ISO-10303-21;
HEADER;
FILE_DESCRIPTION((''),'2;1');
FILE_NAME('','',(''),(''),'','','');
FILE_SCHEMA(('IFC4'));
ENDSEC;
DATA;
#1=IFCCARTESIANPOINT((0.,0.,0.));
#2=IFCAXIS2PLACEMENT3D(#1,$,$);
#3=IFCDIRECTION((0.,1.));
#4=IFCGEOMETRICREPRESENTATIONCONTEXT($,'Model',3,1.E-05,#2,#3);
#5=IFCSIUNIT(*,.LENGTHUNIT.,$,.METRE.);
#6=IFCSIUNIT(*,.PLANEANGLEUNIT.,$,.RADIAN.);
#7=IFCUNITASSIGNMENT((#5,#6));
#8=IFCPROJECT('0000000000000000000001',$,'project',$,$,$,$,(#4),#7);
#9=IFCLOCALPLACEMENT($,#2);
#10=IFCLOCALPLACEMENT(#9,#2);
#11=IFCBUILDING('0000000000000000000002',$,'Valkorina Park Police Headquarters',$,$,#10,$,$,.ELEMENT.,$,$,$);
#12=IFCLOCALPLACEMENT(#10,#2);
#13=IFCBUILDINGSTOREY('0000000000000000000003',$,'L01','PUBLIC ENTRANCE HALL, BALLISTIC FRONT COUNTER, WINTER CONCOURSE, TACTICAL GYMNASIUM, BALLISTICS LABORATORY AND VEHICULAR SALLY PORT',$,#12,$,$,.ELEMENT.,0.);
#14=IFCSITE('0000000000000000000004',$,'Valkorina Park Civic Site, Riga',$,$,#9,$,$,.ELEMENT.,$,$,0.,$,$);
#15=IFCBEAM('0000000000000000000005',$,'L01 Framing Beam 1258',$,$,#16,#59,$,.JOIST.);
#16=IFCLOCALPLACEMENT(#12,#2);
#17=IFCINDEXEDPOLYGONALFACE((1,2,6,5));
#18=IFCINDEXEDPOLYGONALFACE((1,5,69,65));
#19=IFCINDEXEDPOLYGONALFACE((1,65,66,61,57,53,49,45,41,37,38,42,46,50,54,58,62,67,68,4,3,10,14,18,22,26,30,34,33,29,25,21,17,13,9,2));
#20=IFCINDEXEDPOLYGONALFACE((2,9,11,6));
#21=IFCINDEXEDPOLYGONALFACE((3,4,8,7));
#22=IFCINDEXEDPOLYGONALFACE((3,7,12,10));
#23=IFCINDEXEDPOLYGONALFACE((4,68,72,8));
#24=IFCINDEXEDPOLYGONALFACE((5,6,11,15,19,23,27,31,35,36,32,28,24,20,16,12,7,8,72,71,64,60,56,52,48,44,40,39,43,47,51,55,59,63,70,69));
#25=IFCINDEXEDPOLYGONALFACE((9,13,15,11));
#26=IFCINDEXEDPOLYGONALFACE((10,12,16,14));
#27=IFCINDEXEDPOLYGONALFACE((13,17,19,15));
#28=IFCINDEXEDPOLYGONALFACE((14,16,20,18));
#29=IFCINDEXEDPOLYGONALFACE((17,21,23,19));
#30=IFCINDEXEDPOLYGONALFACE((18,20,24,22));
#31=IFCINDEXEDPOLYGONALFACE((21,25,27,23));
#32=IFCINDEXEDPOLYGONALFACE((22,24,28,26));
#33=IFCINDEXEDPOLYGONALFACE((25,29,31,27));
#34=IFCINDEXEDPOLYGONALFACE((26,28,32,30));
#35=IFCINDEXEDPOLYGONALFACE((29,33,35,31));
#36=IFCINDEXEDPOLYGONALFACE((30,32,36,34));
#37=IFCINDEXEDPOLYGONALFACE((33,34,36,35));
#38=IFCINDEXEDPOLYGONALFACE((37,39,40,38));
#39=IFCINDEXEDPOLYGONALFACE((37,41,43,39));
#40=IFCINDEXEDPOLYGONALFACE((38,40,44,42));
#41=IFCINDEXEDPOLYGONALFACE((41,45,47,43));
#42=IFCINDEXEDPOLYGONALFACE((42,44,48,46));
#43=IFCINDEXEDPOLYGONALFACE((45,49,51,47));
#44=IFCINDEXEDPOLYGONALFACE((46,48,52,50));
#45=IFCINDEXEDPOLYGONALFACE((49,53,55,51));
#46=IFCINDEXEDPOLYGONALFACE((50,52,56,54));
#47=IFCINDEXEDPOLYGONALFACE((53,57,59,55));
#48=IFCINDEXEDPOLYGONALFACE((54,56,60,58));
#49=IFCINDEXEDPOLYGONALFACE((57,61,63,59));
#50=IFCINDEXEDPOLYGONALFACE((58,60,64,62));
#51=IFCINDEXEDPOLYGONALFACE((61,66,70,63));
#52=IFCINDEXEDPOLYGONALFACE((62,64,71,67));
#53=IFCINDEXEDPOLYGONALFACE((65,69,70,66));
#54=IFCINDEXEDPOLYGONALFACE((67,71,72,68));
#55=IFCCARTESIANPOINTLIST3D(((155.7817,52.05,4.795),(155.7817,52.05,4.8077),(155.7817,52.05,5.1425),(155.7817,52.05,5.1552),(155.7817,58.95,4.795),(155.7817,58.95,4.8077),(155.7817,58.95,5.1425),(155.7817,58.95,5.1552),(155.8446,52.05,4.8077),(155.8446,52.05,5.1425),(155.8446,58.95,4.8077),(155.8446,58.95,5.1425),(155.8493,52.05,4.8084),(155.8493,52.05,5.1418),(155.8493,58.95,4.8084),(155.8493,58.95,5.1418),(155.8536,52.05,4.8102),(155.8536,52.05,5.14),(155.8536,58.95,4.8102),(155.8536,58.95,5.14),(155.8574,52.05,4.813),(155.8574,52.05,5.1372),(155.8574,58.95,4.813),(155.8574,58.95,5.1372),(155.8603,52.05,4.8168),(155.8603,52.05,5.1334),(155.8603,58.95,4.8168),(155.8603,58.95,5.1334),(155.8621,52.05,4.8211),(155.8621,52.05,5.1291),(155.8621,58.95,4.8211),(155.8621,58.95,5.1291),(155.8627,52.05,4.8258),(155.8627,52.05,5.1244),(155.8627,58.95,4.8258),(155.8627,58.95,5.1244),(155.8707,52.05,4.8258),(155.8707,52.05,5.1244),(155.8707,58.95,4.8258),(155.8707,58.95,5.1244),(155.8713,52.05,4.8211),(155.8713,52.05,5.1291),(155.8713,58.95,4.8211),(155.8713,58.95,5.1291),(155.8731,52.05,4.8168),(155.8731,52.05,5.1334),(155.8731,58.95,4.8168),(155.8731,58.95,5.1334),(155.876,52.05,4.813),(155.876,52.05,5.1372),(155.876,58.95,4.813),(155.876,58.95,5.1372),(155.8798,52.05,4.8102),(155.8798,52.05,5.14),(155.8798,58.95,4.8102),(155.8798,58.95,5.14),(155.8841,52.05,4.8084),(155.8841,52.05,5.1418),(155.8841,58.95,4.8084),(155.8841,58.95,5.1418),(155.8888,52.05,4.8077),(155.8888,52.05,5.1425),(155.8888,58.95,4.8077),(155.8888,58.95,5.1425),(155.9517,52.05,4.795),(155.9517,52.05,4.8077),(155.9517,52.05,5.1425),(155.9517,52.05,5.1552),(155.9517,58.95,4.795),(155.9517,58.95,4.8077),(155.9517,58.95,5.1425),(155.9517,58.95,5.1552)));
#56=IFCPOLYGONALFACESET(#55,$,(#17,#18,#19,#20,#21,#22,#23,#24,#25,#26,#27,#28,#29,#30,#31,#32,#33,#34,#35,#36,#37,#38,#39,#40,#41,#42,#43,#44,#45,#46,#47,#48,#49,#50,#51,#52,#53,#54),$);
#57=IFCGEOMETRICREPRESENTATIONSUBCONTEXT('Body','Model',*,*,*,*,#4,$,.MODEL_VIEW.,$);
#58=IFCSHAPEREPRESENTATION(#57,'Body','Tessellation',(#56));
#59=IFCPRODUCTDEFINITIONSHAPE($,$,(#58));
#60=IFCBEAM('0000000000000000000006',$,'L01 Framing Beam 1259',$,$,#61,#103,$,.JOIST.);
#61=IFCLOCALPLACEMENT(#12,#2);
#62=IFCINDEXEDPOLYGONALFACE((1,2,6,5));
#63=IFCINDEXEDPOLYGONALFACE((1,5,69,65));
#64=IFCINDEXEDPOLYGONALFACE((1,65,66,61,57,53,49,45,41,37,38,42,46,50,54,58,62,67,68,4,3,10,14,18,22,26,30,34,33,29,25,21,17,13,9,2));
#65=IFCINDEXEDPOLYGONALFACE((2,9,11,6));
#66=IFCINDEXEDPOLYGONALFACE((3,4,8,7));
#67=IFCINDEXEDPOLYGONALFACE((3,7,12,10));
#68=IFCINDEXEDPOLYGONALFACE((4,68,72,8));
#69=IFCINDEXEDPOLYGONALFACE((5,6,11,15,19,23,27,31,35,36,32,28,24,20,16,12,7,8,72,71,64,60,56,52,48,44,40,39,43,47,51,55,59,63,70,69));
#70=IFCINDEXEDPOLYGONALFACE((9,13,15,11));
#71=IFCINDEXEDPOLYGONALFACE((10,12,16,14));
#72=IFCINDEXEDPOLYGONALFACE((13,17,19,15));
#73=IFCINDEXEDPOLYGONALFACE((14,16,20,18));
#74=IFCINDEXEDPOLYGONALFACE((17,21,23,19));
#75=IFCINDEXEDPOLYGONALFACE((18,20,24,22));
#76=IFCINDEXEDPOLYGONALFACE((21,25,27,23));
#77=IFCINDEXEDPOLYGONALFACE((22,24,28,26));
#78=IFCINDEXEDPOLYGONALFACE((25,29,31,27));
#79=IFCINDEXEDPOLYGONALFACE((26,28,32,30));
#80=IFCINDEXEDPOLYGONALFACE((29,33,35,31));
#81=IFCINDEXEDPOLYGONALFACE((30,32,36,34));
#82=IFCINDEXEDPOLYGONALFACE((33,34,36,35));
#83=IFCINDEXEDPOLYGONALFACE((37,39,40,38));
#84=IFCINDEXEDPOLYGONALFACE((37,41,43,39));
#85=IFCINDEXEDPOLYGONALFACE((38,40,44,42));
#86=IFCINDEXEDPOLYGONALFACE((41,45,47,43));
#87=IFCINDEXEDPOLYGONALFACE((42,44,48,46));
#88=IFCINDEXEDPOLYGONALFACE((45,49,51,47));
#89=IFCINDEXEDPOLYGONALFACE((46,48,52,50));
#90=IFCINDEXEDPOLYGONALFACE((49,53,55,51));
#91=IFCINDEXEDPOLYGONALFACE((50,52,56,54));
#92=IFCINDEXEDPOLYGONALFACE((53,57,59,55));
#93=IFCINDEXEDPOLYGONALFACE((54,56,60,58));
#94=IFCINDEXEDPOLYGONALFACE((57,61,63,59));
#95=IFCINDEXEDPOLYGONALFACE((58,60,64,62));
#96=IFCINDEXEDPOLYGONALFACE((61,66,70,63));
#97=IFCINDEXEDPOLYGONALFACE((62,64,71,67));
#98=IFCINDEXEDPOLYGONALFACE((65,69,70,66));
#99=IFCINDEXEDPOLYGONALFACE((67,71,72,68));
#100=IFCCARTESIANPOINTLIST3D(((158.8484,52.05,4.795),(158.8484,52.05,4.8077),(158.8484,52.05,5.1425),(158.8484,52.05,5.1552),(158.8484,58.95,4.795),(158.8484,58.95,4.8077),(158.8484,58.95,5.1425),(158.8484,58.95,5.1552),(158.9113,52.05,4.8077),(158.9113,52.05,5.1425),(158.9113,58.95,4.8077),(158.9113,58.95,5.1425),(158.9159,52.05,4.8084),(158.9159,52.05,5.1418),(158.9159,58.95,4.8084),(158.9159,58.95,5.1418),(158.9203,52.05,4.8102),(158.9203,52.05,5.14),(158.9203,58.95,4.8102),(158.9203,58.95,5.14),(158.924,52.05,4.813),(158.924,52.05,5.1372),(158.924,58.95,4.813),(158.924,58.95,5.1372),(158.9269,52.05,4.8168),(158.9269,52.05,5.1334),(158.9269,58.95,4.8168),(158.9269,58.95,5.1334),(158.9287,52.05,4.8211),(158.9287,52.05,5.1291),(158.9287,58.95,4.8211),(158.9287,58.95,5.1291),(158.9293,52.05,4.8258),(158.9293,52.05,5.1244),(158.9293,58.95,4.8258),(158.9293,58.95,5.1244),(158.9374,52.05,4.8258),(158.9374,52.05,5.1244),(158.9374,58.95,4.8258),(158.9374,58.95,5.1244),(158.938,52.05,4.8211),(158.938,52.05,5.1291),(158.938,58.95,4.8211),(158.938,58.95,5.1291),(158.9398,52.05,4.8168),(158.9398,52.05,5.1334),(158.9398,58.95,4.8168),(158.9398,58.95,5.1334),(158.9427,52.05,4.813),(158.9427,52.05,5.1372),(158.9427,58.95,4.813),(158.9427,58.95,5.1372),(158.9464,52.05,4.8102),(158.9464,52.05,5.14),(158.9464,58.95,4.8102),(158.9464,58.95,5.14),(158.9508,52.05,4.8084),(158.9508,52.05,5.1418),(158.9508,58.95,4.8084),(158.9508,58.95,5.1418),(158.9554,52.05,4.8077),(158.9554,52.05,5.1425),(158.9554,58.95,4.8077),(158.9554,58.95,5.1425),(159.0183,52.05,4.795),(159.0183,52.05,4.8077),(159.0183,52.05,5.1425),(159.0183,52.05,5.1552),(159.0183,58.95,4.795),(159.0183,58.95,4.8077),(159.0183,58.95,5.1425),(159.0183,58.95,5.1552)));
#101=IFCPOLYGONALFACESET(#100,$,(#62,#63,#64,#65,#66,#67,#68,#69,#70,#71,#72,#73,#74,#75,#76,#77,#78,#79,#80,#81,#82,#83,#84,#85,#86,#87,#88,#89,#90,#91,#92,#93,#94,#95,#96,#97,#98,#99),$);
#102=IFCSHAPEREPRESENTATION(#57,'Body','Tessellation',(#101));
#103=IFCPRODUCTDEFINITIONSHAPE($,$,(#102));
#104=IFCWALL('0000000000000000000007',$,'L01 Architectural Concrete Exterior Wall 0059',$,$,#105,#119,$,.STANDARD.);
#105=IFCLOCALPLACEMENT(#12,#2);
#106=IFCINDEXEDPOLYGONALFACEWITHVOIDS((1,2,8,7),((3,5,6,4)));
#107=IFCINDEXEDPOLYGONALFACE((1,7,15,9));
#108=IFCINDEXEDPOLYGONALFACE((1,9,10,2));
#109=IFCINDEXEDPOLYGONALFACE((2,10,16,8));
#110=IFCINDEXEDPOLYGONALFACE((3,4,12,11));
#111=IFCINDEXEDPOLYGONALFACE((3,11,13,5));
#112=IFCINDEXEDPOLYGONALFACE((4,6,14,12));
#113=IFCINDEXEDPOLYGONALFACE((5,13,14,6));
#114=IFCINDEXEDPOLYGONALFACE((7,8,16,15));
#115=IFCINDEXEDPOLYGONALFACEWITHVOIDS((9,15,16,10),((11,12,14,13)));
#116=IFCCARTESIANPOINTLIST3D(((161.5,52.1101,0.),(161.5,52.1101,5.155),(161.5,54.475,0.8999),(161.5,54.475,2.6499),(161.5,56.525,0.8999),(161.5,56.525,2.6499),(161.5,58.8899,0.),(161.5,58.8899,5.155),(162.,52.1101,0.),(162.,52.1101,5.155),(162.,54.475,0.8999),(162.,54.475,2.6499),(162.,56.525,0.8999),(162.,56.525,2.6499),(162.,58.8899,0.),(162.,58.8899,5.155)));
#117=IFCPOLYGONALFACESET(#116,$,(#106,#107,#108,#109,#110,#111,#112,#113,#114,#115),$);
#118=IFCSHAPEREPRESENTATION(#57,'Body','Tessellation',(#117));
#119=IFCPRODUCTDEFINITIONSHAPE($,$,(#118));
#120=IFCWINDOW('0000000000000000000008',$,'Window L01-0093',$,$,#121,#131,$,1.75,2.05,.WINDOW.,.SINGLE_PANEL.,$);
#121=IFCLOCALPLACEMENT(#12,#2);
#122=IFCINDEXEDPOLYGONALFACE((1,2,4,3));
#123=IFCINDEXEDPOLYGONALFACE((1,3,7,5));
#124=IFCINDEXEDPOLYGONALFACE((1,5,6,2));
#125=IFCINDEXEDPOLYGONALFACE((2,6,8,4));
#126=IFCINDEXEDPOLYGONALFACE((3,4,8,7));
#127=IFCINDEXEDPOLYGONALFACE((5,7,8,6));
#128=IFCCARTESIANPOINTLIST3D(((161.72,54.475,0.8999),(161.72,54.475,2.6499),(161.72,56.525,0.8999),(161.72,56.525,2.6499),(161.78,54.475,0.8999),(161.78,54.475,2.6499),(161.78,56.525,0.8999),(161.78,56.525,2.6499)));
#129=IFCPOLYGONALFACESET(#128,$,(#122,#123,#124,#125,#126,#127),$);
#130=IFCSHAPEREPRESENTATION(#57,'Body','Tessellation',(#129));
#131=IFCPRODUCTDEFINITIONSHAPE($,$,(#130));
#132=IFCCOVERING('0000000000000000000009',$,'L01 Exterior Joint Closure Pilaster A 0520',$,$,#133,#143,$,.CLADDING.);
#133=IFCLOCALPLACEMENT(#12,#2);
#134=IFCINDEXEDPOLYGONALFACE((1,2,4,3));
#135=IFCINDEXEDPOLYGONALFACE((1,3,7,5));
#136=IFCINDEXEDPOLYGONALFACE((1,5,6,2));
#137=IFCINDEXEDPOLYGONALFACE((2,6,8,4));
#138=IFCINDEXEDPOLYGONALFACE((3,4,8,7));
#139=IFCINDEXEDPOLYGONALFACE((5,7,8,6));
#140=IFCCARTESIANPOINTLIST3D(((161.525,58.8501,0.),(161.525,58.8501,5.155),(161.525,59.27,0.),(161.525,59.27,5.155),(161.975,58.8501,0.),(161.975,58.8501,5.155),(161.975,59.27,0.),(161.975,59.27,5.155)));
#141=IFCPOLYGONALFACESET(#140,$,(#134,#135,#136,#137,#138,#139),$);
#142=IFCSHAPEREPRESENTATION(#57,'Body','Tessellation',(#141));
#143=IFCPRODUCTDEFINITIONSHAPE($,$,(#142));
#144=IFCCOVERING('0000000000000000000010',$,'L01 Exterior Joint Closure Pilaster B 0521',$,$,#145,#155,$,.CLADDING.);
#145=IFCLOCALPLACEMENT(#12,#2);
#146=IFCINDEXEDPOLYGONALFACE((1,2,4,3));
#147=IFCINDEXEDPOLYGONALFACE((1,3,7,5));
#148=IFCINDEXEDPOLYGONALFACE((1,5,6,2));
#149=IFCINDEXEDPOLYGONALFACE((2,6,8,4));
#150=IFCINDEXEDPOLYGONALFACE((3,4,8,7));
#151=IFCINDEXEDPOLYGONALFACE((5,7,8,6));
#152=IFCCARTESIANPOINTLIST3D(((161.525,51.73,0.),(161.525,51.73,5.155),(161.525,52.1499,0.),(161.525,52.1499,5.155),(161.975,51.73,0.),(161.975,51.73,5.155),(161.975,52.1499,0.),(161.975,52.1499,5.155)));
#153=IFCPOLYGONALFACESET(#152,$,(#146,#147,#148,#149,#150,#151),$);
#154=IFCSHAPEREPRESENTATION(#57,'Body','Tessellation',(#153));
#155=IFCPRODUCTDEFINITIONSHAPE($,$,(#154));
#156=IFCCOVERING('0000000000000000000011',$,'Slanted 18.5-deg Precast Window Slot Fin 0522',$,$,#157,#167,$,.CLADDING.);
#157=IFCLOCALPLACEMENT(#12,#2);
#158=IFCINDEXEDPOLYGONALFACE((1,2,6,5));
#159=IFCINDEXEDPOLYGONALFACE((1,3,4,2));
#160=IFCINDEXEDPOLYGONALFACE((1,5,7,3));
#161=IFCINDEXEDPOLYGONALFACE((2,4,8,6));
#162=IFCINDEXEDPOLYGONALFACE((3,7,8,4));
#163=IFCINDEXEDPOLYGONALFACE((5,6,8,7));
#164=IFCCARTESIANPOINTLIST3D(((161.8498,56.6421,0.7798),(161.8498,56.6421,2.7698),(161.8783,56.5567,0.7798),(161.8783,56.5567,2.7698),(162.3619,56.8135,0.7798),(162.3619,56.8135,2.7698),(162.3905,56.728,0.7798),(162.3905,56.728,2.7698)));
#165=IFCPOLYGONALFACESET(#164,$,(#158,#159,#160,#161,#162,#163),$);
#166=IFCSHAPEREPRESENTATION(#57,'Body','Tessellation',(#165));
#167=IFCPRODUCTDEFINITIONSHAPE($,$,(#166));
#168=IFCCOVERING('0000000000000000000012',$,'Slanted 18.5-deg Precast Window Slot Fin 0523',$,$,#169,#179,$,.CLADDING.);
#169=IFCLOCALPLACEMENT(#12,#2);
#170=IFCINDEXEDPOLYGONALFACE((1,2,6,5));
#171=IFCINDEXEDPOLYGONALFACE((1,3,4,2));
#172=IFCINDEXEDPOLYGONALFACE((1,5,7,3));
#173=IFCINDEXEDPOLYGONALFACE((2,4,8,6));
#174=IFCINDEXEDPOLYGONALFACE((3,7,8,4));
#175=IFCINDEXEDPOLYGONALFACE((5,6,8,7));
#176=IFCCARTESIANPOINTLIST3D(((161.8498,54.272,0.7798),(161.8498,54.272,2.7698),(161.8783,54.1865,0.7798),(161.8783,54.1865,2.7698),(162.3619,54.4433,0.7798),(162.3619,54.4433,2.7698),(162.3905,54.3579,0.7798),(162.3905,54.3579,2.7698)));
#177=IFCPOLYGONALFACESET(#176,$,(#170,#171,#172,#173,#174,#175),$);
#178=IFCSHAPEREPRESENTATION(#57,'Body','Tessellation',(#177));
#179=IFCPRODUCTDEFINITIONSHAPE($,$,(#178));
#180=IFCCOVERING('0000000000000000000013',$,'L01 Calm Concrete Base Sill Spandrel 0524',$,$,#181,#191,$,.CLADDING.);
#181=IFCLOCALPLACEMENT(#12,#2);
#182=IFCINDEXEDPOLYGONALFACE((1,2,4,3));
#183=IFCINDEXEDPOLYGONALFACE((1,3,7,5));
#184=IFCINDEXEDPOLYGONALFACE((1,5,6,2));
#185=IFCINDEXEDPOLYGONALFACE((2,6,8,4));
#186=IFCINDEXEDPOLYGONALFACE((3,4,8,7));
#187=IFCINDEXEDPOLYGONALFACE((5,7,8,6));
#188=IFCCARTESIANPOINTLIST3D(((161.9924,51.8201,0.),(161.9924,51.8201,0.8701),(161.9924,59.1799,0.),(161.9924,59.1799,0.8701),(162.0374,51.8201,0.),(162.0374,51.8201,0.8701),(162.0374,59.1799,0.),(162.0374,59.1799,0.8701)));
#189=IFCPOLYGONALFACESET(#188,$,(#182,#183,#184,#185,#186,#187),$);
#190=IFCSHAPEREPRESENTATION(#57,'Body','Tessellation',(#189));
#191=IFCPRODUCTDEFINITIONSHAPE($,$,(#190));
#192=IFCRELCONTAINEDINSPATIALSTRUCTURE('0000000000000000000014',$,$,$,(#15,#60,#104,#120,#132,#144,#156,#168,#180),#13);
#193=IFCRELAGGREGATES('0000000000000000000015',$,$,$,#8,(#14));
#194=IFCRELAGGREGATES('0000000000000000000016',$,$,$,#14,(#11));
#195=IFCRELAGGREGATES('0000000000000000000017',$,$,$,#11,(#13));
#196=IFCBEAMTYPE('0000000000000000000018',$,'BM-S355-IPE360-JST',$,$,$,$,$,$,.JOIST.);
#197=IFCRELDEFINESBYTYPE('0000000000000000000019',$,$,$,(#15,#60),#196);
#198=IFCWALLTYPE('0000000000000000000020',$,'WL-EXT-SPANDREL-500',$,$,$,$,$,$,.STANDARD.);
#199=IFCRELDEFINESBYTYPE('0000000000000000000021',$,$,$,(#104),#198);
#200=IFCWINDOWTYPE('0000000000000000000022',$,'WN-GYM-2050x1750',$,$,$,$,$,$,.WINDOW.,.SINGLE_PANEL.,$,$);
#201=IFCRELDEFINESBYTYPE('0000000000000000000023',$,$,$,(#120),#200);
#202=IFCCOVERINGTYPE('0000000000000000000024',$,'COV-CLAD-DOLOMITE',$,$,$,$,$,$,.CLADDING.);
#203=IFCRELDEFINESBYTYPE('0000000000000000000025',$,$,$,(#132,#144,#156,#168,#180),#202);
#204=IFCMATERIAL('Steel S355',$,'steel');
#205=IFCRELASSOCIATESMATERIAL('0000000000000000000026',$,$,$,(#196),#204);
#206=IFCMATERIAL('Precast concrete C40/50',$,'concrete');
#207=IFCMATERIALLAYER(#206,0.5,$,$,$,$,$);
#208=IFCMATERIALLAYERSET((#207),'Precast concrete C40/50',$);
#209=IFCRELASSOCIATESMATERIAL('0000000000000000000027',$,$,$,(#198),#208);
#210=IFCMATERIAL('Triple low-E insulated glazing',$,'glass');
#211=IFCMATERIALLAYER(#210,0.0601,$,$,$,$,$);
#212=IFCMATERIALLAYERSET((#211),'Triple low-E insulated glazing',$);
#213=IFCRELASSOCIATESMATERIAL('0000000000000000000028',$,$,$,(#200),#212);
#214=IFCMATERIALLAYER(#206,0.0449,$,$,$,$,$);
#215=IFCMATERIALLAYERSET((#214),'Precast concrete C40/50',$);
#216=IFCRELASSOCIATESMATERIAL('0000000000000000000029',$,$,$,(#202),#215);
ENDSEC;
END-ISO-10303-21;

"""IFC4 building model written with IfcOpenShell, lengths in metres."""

from ifc_helpers import new_model, si_unit, direction, frame, frame_2d, origin, origin_2d, place, context, subcontext, project, spatial, rectangle, i_section, extrude, material, layer, layer_set, material_profile, profile_set, type_object, element, fill, save


model = new_model("IFC4")

# Units and contexts
model_context = context("Model", 3, precision=1e-05, world=origin(), true_north=direction((0.0, 1.0)))
body_context = subcontext(model_context, "Body", "Model", "MODEL_VIEW")
ifc_project = project(units=[si_unit("LENGTHUNIT", "METRE"), si_unit("PLANEANGLEUNIT", "RADIAN")], contexts=[model_context])

# Site, building, storey
site_placement = place(None, origin())
site = spatial("IfcSite", under=ifc_project, at=site_placement, Name="Valkorina Park Civic Site, Riga", CompositionType="ELEMENT", RefElevation=0.0)
building_placement = place(site_placement, origin())
building = spatial("IfcBuilding", under=site, at=building_placement, Name="Valkorina Park Police Headquarters", CompositionType="ELEMENT")
storey_placement = place(building_placement, origin())
storey = spatial("IfcBuildingStorey", under=building, at=storey_placement, Name="L01", Description="PUBLIC ENTRANCE HALL, BALLISTIC FRONT COUNTER, WINTER CONCOURSE, TACTICAL GYMNASIUM, BALLISTICS LABORATORY AND VEHICULAR SALLY PORT", CompositionType="ELEMENT", Elevation=0.0)

# Beams
ifc_material_1 = material(Name="Steel S355", Category="steel")
ifc_material_profile_1 = material_profile(ifc_material_1, i_section(OverallWidth=0.1699, OverallDepth=0.3601, WebThickness=0.0081, FlangeThickness=0.0127, FilletRadius=0.0181, at=origin_2d()), Name="IPE 360")
ifc_profile_set_1 = profile_set([ifc_material_profile_1], Name="Steel S355")
beam_type_1 = type_object("IfcBeamType", Name="BM-S355-IPE360-JST", PredefinedType="JOIST", material=ifc_profile_set_1)
for number, where, z_axis, x_axis, name in (
    (1, (155.8667, 52.05, 4.9751), (0.0, 1.0, 0.0), (-1.0, 0.0, 0.0), "L01 Framing Beam 1258"),
    (2, (158.9333, 52.05, 4.9751), (0.0, 1.0, 0.0), (-1.0, 0.0, 0.0), "L01 Framing Beam 1259"),
):
    element("IfcBeam", number, at=place(storey_placement, frame(where, z_axis=z_axis, x_axis=x_axis)), inside=storey, type_object=beam_type_1, Name=name, PredefinedType="JOIST", context=body_context, shape_type="SweptSolid", body=[
        extrude(i_section(OverallWidth=0.1699, OverallDepth=0.3601, WebThickness=0.0081, FlangeThickness=0.0127, FilletRadius=0.0181, at=origin_2d()), origin(), (0.0, 0.0, 1.0), 6.8999),
    ])

# Wall, opening, window
ifc_material_2 = material(Name="Precast concrete C40/50", Category="concrete")
ifc_layer_1 = layer(ifc_material_2, 0.5)
ifc_layer_set_1 = layer_set([ifc_layer_1], Name="Precast concrete C40/50")
wall_type = type_object("IfcWallType", Name="WL-EXT-SPANDREL-500", PredefinedType="STANDARD", material=ifc_layer_set_1)
wall_placement = place(storey_placement, frame((161.75, 58.8899, 0.0), z_axis=(0.0, 0.0, 1.0), x_axis=(0.0, -1.0, 0.0)))
wall = element("IfcWall", 3, at=wall_placement, inside=storey, type_object=wall_type, Name="L01 Architectural Concrete Exterior Wall 0059", PredefinedType="STANDARD", context=body_context, shape_type="SweptSolid", body=[
    extrude(rectangle(XDim=6.7798, YDim=0.5, at=frame_2d((3.3899, 0.0))), origin(), (0.0, 0.0, 1.0), 5.155),
])
opening_placement = place(wall_placement, frame((2.365, 0.0, 0.8999)))
opening = element("IfcOpeningElement", 4, at=opening_placement, cuts=wall, PredefinedType="OPENING", context=body_context, shape_type="SweptSolid", body=[
    extrude(rectangle(XDim=2.05, YDim=1.75, at=frame_2d((1.0249, 0.875))), frame((0.0, 0.26, 0.0), z_axis=(0.0, -1.0, 0.0), x_axis=(1.0, 0.0, 0.0)), (0.0, 0.0, 1.0), 0.52),
])
ifc_material_3 = material(Name="Triple low-E insulated glazing", Category="glass")
ifc_layer_2 = layer(ifc_material_3, 0.0601)
ifc_layer_set_2 = layer_set([ifc_layer_2], Name="Triple low-E insulated glazing")
window_type = type_object("IfcWindowType", Name="WN-GYM-2050x1750", PartitioningType="SINGLE_PANEL", PredefinedType="WINDOW", material=ifc_layer_set_2)
window_placement = place(opening_placement, origin())
window = element("IfcWindow", 5, at=window_placement, inside=storey, type_object=window_type, Name="Window L01-0093", OverallHeight=1.75, OverallWidth=2.05, PartitioningType="SINGLE_PANEL", PredefinedType="WINDOW", context=body_context, shape_type="SweptSolid", body=[
    extrude(rectangle(XDim=2.05, YDim=1.75, at=frame_2d((1.0249, 0.875))), frame((0.0, 0.03, 0.0), z_axis=(0.0, -1.0, 0.0), x_axis=(1.0, 0.0, 0.0)), (0.0, 0.0, 1.0), 0.0601),
])
fill(opening, window)

# Coverings
ifc_layer_3 = layer(ifc_material_2, 0.0449)
ifc_layer_set_3 = layer_set([ifc_layer_3], Name="Precast concrete C40/50")
covering_type = type_object("IfcCoveringType", Name="COV-CLAD-DOLOMITE", PredefinedType="CLADDING", material=ifc_layer_set_3)
for number, where, z_axis, x_axis, name in (
    (6, (161.75, 59.0601, 0.0), (0.0, 0.0, 1.0), (0.0, 1.0, 0.0), "L01 Exterior Joint Closure Pilaster A 0520"),
    (7, (161.75, 51.9399, 0.0), (0.0, 0.0, 1.0), (0.0, 1.0, 0.0), "L01 Exterior Joint Closure Pilaster B 0521"),
):
    element("IfcCovering", number, at=place(storey_placement, frame(where, z_axis=z_axis, x_axis=x_axis)), inside=storey, type_object=covering_type, Name=name, PredefinedType="CLADDING", context=body_context, shape_type="SweptSolid", body=[
        extrude(rectangle(XDim=0.4199, YDim=0.45, at=origin_2d()), origin(), (0.0, 0.0, 1.0), 5.155),
    ])
for number, where, z_axis, x_axis, name in (
    (8, (162.1201, 56.6851, 0.7798), (0.0, 0.0, 1.0), (0.948324, 0.317305, 0.0), "Slanted 18.5-deg Precast Window Slot Fin 0522"),
    (9, (162.1201, 54.3149, 0.7798), (0.0, 0.0, 1.0), (0.948324, 0.317305, 0.0), "Slanted 18.5-deg Precast Window Slot Fin 0523"),
):
    element("IfcCovering", number, at=place(storey_placement, frame(where, z_axis=z_axis, x_axis=x_axis)), inside=storey, type_object=covering_type, Name=name, PredefinedType="CLADDING", context=body_context, shape_type="SweptSolid", body=[
        extrude(rectangle(XDim=0.54, YDim=0.0901, at=origin_2d()), origin(), (0.0, 0.0, 1.0), 1.99),
    ])
covering_1_placement = place(storey_placement, frame((162.0149, 59.1799, 0.0), z_axis=(0.0, 0.0, 1.0), x_axis=(0.0, -1.0, 0.0)))
element("IfcCovering", 10, at=covering_1_placement, inside=storey, type_object=covering_type, Name="L01 Calm Concrete Base Sill Spandrel 0524", PredefinedType="CLADDING", context=body_context, shape_type="SweptSolid", body=[
    extrude(rectangle(XDim=7.3599, YDim=0.0449, at=frame_2d((3.6799, 0.0))), origin(), (0.0, 0.0, 1.0), 0.8701),
])

save(model, "model.ifc")
